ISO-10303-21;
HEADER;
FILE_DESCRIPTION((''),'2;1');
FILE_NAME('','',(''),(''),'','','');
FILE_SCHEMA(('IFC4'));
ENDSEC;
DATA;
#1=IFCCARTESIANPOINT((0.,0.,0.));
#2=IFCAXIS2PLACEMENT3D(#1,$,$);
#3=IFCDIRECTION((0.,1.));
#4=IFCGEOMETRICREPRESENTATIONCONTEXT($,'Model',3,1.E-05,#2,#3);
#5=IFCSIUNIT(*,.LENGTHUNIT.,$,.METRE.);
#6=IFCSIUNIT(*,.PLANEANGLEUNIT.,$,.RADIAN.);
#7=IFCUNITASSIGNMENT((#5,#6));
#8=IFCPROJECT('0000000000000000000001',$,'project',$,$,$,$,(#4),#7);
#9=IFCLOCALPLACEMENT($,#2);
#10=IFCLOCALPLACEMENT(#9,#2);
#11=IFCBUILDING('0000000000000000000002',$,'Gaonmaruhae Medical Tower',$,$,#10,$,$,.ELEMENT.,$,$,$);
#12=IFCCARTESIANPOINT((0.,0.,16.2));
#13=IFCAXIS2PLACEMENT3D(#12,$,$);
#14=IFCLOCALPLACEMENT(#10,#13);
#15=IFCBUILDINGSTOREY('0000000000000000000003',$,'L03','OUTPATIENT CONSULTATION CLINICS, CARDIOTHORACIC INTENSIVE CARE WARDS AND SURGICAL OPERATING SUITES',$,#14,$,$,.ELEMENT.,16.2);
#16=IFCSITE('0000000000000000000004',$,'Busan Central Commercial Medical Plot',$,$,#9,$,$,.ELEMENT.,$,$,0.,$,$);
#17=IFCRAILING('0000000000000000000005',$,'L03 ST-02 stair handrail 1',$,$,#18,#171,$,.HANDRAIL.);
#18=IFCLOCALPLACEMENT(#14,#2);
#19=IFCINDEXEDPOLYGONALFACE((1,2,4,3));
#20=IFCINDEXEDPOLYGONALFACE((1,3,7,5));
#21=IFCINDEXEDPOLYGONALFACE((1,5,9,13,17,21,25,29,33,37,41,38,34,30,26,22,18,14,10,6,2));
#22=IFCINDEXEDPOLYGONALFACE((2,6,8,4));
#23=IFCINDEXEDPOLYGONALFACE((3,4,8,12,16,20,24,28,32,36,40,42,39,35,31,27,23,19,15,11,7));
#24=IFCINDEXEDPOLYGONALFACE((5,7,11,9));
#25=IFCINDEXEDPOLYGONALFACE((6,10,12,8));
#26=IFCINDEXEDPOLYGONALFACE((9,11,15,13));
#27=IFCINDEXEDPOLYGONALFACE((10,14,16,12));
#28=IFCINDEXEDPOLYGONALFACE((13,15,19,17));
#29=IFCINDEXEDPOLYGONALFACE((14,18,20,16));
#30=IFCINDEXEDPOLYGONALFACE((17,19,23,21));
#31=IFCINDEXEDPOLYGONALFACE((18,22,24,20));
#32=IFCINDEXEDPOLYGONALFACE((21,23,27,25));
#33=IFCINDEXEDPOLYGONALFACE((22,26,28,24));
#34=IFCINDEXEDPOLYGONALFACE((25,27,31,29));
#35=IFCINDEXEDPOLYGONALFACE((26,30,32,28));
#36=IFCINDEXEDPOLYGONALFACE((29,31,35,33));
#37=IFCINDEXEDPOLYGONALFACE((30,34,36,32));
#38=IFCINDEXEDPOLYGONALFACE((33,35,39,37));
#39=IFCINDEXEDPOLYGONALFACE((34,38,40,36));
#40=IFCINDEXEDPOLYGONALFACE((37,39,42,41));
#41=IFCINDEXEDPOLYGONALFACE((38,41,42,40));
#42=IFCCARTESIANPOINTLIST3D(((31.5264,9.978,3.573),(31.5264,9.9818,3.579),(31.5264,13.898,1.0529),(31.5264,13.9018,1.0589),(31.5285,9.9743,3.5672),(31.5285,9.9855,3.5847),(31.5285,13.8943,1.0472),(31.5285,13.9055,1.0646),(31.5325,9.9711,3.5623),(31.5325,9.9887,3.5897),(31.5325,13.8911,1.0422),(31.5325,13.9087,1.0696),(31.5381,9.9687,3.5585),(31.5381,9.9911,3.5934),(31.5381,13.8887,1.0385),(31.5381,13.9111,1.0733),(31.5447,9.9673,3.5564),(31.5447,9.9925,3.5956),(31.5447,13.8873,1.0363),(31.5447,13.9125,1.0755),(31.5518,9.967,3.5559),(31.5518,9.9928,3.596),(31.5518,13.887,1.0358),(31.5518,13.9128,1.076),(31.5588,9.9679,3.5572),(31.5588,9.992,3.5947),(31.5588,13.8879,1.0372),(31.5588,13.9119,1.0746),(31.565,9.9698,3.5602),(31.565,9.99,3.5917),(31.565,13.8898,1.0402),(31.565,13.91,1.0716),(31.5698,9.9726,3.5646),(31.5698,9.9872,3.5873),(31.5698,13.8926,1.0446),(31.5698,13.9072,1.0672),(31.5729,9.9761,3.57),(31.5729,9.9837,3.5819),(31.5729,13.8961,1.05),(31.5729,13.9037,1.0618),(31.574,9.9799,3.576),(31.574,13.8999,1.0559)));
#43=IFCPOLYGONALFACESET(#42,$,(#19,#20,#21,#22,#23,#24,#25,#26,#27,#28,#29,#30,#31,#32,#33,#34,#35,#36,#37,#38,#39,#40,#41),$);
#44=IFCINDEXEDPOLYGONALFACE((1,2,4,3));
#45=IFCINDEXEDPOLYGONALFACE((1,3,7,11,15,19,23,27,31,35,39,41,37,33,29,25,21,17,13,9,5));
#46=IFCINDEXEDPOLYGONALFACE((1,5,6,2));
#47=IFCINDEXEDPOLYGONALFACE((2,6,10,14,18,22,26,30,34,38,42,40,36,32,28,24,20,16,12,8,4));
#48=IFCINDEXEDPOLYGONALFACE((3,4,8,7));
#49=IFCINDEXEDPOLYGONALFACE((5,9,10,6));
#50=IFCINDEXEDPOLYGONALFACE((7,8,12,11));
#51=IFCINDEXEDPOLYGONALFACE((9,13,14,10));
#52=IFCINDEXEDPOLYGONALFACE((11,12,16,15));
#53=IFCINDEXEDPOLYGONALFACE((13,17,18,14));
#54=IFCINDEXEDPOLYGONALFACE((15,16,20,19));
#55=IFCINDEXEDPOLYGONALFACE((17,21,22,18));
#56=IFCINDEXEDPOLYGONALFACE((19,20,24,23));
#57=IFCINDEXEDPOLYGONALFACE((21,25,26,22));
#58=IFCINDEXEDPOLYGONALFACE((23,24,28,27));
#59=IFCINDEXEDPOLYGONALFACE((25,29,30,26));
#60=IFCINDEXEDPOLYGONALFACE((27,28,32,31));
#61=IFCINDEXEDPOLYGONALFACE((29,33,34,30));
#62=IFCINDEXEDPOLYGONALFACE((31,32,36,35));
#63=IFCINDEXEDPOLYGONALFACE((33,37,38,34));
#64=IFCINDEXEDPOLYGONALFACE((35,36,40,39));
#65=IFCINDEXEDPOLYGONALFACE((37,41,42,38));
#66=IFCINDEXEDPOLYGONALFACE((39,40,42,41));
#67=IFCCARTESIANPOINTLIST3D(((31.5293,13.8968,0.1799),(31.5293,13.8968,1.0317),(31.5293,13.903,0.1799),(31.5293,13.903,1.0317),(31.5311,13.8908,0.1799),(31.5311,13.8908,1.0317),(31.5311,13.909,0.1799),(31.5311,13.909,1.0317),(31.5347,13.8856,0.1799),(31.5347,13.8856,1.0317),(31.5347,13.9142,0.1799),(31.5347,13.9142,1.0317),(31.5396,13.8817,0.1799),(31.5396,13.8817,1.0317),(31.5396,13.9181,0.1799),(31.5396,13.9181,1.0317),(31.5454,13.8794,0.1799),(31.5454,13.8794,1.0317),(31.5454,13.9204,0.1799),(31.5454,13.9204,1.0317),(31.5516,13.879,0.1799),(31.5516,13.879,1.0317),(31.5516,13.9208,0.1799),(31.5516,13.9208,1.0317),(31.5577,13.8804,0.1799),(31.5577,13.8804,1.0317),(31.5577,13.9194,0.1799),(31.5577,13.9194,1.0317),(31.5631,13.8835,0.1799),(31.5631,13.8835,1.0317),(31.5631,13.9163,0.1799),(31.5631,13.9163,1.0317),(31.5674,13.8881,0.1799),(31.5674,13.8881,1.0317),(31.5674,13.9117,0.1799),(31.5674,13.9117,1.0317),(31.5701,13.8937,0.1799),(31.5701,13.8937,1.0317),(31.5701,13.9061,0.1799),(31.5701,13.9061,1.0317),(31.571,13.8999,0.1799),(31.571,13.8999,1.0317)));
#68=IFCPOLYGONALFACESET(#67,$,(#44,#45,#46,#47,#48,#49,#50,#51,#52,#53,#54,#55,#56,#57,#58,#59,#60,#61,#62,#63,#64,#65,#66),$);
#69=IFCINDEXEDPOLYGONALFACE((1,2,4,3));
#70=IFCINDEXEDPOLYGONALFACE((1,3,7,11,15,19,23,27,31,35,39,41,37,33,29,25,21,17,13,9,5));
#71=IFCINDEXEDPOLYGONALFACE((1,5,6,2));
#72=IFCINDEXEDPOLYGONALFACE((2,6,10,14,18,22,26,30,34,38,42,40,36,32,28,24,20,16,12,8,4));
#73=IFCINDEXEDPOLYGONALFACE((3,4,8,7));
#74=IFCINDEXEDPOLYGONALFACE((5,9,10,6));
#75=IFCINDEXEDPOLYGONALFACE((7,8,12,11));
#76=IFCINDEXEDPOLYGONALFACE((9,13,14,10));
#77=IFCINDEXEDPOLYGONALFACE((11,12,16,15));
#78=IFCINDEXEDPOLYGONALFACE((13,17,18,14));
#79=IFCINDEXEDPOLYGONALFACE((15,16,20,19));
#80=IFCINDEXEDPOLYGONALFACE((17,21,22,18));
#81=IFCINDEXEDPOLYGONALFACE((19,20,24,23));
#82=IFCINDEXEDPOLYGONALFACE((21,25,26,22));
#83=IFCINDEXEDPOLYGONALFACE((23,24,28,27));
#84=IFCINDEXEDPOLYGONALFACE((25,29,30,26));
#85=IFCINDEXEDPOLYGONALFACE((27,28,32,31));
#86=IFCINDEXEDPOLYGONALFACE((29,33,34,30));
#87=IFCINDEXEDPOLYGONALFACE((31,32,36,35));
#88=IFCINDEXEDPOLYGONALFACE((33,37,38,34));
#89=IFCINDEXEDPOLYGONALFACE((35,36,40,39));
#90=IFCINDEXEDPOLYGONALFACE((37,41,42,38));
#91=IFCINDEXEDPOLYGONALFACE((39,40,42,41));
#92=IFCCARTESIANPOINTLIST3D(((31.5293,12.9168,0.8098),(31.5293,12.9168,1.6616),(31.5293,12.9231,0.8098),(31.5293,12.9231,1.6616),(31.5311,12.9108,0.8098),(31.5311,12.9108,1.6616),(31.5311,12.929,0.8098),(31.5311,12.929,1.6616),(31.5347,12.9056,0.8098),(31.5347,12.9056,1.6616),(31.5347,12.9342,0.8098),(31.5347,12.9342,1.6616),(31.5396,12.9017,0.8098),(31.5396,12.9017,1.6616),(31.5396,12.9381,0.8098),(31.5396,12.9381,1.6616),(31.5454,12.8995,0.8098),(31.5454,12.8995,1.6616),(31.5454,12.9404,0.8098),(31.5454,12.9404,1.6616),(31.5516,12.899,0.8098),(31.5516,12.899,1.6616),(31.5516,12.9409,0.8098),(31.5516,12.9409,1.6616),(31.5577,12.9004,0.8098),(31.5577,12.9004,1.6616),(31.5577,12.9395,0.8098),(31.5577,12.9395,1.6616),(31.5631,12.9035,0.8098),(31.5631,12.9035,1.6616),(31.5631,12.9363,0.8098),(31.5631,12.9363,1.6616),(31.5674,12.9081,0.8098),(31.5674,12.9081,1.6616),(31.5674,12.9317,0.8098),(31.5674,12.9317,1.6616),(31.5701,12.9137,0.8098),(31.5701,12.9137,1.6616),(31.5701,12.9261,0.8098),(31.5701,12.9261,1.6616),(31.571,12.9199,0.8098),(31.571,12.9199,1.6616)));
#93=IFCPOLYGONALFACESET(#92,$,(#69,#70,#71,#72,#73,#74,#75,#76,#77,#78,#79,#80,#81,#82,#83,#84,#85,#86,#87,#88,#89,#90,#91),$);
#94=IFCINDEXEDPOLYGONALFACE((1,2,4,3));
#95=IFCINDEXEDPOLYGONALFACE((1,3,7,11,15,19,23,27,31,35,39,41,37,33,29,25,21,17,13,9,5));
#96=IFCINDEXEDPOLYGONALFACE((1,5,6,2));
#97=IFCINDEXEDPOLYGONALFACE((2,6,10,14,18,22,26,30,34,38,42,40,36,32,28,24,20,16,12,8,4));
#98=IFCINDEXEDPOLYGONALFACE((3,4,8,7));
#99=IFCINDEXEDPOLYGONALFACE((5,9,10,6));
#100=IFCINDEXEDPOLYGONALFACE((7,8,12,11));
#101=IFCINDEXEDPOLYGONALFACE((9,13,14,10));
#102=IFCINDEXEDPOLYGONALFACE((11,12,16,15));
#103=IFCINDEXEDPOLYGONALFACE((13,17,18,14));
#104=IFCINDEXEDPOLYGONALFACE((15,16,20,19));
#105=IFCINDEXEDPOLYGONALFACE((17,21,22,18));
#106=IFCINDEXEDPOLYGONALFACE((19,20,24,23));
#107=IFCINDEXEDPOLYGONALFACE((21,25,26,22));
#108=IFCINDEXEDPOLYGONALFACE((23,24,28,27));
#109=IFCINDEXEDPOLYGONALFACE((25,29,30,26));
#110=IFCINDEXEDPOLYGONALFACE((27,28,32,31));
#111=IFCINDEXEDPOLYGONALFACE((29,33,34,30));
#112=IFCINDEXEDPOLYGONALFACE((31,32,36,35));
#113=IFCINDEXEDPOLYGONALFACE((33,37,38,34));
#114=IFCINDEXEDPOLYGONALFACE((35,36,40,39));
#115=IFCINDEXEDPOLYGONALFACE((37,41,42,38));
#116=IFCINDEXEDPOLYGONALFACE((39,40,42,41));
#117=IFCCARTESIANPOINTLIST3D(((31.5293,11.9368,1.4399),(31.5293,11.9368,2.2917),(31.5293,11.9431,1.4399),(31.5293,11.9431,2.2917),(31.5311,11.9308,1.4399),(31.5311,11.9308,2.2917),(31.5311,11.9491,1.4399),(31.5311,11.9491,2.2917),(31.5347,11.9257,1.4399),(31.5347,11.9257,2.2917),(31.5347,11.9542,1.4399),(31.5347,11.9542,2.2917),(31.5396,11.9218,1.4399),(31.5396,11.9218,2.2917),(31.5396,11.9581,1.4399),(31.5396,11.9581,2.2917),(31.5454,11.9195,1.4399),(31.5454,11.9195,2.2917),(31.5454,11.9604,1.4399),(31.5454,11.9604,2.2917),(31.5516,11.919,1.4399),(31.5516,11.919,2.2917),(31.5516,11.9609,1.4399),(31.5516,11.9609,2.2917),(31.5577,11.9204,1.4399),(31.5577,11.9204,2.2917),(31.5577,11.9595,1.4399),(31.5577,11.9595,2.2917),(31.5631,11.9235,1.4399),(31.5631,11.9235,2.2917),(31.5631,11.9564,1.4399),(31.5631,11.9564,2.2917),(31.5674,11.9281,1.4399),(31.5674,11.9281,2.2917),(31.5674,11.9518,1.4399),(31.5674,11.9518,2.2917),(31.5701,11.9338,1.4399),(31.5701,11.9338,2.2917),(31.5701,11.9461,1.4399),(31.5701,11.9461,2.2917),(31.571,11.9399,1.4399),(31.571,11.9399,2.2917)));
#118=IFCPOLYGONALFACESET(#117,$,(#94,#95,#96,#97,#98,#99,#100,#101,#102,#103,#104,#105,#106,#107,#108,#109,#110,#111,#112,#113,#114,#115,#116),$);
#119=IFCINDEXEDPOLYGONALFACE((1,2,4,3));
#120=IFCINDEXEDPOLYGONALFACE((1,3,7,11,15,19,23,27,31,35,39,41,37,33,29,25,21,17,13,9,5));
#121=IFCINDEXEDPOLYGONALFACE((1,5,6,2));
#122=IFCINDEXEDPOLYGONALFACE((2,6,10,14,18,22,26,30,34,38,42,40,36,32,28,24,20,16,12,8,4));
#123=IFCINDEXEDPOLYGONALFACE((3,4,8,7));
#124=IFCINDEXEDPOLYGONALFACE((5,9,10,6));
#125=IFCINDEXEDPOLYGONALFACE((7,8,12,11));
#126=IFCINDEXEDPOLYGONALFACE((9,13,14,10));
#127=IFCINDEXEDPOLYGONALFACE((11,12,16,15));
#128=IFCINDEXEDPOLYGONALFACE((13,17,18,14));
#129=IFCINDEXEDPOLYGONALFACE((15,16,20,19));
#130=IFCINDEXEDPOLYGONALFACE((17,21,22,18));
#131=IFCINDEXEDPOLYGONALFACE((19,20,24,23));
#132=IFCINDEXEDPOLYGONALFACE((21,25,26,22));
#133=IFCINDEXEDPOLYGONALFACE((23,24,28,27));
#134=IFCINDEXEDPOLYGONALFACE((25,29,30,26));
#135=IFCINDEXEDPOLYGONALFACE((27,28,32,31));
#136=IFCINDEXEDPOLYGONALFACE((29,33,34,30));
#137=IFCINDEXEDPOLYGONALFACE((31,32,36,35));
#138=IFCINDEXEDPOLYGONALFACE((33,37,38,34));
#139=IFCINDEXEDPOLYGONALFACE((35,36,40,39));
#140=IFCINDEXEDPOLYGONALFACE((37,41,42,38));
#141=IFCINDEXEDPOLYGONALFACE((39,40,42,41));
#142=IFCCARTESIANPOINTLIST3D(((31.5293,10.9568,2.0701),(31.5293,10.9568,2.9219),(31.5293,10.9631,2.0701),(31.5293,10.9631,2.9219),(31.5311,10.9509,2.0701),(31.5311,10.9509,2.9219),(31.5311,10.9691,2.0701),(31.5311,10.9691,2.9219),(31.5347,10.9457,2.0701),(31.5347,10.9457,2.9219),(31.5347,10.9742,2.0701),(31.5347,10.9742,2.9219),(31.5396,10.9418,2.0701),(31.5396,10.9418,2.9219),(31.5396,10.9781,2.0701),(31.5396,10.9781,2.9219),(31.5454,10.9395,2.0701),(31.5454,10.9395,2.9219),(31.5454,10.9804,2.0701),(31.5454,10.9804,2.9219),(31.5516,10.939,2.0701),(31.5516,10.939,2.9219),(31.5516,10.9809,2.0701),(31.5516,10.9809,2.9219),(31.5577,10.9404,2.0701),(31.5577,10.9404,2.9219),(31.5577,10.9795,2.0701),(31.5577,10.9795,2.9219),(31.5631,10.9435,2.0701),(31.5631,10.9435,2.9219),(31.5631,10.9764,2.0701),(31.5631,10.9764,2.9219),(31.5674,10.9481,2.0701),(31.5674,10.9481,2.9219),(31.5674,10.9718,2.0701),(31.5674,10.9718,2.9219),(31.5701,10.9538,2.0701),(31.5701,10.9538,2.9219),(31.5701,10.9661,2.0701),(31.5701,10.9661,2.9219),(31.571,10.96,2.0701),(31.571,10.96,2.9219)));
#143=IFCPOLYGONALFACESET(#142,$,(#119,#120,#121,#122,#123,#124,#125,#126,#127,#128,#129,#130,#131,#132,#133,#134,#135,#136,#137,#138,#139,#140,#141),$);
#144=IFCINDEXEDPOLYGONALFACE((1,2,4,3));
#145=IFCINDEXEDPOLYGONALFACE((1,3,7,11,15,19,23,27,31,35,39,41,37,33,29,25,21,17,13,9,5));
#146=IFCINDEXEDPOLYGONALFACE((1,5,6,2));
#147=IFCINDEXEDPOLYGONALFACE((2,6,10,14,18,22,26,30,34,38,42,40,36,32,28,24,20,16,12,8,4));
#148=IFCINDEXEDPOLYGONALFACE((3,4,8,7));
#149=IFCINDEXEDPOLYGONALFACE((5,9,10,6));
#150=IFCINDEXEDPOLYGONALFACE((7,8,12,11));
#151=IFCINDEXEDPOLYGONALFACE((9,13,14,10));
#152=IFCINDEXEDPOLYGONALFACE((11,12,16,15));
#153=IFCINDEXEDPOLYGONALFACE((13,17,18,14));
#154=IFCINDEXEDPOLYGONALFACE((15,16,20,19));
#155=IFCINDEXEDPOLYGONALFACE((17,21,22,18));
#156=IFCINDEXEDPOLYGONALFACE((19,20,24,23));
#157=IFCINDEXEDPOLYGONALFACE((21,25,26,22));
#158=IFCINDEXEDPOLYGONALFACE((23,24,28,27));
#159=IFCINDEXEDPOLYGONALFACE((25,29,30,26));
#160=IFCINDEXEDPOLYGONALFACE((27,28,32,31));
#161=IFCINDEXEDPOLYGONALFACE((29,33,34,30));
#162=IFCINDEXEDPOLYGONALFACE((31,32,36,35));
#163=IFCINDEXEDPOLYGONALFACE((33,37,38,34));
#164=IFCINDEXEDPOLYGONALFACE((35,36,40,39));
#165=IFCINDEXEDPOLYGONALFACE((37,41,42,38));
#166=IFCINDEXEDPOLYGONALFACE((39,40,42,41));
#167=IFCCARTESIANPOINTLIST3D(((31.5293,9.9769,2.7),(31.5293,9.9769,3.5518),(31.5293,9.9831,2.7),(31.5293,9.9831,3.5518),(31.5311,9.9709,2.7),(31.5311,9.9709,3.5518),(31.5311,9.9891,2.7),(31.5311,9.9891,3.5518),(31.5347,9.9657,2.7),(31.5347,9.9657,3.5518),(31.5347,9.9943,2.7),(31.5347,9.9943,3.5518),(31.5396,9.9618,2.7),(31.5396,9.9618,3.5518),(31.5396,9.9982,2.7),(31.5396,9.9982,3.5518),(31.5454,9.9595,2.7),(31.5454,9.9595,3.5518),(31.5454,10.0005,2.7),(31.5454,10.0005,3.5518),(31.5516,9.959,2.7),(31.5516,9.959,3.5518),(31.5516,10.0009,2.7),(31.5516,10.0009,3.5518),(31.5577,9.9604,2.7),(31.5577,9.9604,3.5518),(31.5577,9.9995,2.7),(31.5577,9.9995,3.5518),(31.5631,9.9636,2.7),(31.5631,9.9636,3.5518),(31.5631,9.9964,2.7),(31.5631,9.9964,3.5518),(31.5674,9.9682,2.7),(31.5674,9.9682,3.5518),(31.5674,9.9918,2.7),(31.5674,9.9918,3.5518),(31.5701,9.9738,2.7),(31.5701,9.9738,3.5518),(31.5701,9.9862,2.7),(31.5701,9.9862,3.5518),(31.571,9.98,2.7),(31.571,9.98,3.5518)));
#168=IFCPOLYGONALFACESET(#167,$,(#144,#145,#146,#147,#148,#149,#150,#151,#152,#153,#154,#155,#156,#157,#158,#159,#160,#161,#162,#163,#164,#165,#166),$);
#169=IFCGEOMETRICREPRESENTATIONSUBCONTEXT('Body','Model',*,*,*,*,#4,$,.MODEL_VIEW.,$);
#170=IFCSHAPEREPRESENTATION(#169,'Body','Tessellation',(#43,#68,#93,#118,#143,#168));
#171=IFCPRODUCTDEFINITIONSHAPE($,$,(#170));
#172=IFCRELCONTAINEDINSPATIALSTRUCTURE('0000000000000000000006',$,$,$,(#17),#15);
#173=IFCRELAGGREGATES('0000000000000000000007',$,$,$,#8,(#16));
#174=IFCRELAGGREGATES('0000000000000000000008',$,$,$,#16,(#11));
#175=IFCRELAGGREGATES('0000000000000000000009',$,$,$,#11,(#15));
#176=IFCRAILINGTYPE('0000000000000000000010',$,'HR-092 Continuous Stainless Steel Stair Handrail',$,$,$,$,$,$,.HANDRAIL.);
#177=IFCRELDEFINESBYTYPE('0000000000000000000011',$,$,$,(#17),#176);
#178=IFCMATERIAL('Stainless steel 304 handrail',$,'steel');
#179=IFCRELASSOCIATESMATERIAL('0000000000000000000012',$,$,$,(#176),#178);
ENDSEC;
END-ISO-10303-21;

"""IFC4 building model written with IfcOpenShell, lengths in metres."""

from ifc_helpers import new_model, si_unit, direction, frame, origin, origin_2d, place, context, subcontext, project, spatial, circle, extrude, material, type_object, element, save


model = new_model("IFC4")

# Units and contexts
model_context = context("Model", 3, precision=1e-05, world=origin(), true_north=direction((0.0, 1.0)))
body_context = subcontext(model_context, "Body", "Model", "MODEL_VIEW")
ifc_project = project(units=[si_unit("LENGTHUNIT", "METRE"), si_unit("PLANEANGLEUNIT", "RADIAN")], contexts=[model_context])

# Site, building, storey
site_placement = place(None, origin())
site = spatial("IfcSite", under=ifc_project, at=site_placement, Name="Busan Central Commercial Medical Plot", CompositionType="ELEMENT", RefElevation=0.0)
building_placement = place(site_placement, origin())
building = spatial("IfcBuilding", under=site, at=building_placement, Name="Gaonmaruhae Medical Tower", CompositionType="ELEMENT")
storey_placement = place(building_placement, frame((0.0, 0.0, 16.2)))
storey = spatial("IfcBuildingStorey", under=building, at=storey_placement, Name="L03", Description="OUTPATIENT CONSULTATION CLINICS, CARDIOTHORACIC INTENSIVE CARE WARDS AND SURGICAL OPERATING SUITES", CompositionType="ELEMENT", Elevation=16.2)

# Railing
ifc_material_1 = material(Name="Stainless steel 304 handrail", Category="steel")
railing_type_1 = type_object("IfcRailingType", Name="HR-092 Continuous Stainless Steel Stair Handrail", PredefinedType="HANDRAIL", material=ifc_material_1)
railing_1_placement = place(storey_placement, frame((31.55, 13.8999, 0.1799)))
element("IfcRailing", 1, at=railing_1_placement, inside=storey, type_object=railing_type_1, Name="L03 ST-02 stair handrail 1", PredefinedType="HANDRAIL", context=body_context, shape_type="SweptSolid", body=[
    extrude(circle(Radius=0.0239, at=origin_2d()), frame((0.0, 0.0, 0.876), z_axis=(0.0, -0.841172, 0.540768), x_axis=(1.0, 0.0, 0.0)), (0.0, 0.0, 1.0), 4.6602),
    extrude(circle(Radius=0.021, at=origin_2d()), origin(), (0.0, 0.0, 1.0), 0.8518),
    extrude(circle(Radius=0.021, at=origin_2d()), frame((0.0, -0.98, 0.6299)), (0.0, 0.0, 1.0), 0.8518),
    extrude(circle(Radius=0.021, at=origin_2d()), frame((0.0, -1.96, 1.26)), (0.0, 0.0, 1.0), 0.8518),
    extrude(circle(Radius=0.021, at=origin_2d()), frame((0.0, -2.9399, 1.8901)), (0.0, 0.0, 1.0), 0.8518),
    extrude(circle(Radius=0.021, at=origin_2d()), frame((0.0, -3.9199, 2.52)), (0.0, 0.0, 1.0), 0.8518),
])

save(model, "model.ifc")
